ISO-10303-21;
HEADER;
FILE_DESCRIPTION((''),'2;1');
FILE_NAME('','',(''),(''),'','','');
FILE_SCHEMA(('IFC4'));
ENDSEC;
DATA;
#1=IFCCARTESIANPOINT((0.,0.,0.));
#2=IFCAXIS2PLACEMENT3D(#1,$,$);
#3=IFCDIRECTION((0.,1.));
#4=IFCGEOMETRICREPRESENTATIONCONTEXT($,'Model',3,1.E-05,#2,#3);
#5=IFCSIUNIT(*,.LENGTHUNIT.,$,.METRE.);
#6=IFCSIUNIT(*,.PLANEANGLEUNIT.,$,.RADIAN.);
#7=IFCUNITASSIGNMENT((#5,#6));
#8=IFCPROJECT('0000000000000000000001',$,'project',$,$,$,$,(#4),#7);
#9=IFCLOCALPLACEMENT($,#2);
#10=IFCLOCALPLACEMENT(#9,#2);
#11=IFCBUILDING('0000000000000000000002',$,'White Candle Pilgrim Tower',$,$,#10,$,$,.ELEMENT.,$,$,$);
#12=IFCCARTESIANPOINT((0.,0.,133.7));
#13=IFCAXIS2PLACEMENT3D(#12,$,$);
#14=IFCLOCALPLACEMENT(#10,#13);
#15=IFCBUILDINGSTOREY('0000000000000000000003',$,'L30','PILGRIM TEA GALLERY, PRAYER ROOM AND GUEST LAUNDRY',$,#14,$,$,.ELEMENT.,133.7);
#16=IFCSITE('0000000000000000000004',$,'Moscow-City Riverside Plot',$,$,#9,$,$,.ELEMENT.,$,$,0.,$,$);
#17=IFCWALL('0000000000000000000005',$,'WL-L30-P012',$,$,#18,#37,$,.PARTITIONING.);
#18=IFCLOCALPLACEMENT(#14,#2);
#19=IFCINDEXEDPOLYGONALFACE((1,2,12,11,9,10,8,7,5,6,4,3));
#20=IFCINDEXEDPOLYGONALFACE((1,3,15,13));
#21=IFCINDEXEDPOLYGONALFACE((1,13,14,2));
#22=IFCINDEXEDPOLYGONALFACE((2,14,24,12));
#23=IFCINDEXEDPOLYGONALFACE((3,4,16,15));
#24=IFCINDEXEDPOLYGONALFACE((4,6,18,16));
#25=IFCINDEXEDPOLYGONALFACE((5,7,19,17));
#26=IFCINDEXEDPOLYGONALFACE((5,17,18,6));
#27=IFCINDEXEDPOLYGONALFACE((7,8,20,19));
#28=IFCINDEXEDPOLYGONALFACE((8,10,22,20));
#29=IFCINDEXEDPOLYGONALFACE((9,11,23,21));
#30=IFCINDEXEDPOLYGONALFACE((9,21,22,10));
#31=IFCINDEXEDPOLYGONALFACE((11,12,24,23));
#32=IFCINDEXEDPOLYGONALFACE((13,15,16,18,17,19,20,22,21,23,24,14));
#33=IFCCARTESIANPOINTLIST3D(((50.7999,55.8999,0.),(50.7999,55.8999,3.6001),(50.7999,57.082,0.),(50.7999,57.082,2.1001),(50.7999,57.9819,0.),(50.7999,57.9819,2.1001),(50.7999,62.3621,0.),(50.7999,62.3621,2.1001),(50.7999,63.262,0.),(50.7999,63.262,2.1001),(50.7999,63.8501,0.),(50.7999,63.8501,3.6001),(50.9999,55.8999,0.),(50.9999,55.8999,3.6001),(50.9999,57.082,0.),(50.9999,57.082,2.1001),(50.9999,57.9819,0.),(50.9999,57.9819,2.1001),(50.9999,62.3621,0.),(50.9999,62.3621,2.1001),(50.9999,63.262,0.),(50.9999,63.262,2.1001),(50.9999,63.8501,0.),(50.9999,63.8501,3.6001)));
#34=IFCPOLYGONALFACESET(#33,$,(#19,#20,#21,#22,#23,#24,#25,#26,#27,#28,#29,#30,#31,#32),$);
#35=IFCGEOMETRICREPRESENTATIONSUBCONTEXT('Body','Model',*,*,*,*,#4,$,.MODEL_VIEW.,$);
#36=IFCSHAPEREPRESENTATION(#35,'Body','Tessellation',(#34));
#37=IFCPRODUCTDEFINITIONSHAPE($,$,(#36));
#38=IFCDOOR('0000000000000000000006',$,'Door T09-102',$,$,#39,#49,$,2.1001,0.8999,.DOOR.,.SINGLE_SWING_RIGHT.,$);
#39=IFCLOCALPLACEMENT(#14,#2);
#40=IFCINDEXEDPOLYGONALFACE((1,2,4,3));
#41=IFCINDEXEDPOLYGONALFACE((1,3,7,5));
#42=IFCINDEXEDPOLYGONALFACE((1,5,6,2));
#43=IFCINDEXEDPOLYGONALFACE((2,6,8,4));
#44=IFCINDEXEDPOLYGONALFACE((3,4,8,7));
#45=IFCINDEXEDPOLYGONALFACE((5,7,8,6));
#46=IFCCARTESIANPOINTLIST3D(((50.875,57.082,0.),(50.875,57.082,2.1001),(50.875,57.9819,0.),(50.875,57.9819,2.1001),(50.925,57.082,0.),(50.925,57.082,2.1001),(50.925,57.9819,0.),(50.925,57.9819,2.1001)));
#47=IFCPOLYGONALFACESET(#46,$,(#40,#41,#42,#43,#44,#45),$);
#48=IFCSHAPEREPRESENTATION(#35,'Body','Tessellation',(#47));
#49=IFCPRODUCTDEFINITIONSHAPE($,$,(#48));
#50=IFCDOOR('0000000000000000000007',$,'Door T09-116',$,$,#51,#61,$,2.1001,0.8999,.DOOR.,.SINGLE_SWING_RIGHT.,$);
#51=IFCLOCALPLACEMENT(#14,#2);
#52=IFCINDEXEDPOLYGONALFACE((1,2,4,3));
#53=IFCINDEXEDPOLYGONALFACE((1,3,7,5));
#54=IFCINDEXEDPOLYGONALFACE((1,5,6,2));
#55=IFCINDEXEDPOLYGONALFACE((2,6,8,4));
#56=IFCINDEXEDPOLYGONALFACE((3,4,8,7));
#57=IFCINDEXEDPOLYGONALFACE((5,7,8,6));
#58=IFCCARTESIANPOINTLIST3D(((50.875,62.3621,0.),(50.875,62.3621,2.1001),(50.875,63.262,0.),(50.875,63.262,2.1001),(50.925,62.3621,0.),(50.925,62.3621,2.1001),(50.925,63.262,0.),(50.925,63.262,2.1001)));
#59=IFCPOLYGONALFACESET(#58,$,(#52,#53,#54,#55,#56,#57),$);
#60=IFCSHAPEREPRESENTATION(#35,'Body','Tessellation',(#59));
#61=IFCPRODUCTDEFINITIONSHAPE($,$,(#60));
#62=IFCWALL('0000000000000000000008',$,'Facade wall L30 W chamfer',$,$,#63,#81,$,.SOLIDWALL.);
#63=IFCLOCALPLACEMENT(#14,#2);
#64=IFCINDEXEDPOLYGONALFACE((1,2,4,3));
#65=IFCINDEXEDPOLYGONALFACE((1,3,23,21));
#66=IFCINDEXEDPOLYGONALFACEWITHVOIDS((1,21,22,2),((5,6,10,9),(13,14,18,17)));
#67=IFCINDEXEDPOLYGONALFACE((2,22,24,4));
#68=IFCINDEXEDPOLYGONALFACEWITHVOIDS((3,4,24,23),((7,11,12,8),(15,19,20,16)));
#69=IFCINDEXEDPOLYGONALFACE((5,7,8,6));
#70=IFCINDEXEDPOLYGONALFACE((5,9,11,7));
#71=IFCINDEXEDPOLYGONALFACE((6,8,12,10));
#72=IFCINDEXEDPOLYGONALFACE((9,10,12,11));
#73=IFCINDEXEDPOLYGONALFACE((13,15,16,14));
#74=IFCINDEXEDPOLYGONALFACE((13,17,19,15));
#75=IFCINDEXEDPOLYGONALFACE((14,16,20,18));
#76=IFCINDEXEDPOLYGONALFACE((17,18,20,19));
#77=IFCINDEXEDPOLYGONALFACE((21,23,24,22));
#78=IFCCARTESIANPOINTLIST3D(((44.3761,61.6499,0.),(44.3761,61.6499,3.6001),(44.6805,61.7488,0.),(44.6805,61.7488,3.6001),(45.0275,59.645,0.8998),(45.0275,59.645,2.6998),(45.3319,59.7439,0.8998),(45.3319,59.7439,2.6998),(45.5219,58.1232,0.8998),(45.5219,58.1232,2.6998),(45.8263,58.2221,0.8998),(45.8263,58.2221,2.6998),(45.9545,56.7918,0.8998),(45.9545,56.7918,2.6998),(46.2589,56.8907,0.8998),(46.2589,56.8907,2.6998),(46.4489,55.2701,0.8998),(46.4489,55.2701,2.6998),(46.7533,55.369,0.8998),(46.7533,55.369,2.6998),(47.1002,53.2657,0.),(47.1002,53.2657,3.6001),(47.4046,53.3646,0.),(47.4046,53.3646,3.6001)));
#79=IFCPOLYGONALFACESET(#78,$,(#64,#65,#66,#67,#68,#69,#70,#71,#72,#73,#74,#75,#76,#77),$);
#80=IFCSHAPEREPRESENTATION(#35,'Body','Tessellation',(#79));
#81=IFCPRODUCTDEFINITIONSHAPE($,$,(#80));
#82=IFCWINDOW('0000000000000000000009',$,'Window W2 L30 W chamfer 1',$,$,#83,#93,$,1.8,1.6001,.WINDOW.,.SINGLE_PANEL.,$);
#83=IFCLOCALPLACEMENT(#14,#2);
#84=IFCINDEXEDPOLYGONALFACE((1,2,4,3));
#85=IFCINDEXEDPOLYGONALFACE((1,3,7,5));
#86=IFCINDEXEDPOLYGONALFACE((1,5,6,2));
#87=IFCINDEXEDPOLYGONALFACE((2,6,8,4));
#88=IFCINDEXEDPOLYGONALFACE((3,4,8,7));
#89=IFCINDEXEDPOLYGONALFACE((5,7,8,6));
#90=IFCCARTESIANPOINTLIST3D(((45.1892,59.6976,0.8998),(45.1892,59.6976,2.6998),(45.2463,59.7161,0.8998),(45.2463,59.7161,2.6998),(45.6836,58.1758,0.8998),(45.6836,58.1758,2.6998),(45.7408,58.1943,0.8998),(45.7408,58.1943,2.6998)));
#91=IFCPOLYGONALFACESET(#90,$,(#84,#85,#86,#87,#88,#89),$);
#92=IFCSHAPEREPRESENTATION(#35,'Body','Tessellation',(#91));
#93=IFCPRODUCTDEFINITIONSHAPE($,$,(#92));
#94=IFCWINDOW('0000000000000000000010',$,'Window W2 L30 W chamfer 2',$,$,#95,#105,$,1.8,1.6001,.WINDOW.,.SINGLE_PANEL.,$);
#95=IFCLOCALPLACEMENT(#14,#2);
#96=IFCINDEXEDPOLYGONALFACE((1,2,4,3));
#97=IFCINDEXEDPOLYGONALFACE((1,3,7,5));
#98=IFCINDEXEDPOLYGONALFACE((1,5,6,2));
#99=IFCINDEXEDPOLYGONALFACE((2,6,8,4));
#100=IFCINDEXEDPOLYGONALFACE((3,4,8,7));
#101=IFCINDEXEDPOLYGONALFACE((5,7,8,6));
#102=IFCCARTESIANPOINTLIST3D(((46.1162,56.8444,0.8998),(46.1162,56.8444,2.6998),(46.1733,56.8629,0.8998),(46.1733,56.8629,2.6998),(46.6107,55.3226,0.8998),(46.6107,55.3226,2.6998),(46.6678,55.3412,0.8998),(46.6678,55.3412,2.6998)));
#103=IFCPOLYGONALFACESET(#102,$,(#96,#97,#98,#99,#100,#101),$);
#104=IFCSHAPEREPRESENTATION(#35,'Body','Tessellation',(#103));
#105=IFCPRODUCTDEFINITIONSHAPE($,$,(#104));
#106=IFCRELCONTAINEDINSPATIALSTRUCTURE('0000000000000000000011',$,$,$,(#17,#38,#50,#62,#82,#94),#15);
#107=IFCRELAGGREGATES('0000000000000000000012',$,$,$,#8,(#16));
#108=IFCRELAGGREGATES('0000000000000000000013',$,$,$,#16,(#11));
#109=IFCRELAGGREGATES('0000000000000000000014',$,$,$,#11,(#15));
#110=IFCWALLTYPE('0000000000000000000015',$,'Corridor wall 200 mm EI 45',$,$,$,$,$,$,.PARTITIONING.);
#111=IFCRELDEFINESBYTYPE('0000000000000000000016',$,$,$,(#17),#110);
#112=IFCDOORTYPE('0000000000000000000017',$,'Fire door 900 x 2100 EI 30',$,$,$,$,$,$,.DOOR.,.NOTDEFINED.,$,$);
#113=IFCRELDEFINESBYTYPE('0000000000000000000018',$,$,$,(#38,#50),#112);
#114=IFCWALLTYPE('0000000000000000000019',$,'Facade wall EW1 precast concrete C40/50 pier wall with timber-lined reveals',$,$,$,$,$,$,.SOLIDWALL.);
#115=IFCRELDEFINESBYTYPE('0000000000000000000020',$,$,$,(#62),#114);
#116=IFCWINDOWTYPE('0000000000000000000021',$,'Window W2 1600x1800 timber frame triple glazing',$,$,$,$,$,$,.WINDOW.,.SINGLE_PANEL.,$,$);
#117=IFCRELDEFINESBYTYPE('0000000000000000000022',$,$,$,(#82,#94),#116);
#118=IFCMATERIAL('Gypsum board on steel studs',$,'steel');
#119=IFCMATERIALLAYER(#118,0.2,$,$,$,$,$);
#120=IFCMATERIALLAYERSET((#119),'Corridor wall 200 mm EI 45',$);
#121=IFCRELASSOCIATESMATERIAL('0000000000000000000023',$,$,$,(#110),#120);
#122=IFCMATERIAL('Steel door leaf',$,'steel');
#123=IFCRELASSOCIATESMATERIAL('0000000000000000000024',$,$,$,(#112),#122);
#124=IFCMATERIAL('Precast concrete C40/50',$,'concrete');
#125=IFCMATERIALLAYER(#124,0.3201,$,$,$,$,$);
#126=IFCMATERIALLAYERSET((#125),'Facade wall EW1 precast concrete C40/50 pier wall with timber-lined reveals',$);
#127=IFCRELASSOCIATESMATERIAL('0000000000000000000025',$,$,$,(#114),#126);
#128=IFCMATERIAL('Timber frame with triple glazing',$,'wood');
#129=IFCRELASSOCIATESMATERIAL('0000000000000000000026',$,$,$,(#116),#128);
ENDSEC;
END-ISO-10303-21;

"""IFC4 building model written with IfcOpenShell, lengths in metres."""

from ifc_helpers import new_model, si_unit, direction, frame, frame_2d, origin, place, context, subcontext, project, spatial, rectangle, extrude, material, layer, layer_set, type_object, element, fill, save


model = new_model("IFC4")

# Units and contexts
model_context = context("Model", 3, precision=1e-05, world=origin(), true_north=direction((0.0, 1.0)))
body_context = subcontext(model_context, "Body", "Model", "MODEL_VIEW")
ifc_project = project(units=[si_unit("LENGTHUNIT", "METRE"), si_unit("PLANEANGLEUNIT", "RADIAN")], contexts=[model_context])

# Site, building, storey
site_placement = place(None, origin())
site = spatial("IfcSite", under=ifc_project, at=site_placement, Name="Moscow-City Riverside Plot", CompositionType="ELEMENT", RefElevation=0.0)
building_placement = place(site_placement, origin())
building = spatial("IfcBuilding", under=site, at=building_placement, Name="White Candle Pilgrim Tower", CompositionType="ELEMENT")
storey_placement = place(building_placement, frame((0.0, 0.0, 133.7)))
storey = spatial("IfcBuildingStorey", under=building, at=storey_placement, Name="L30", Description="PILGRIM TEA GALLERY, PRAYER ROOM AND GUEST LAUNDRY", CompositionType="ELEMENT", Elevation=133.7)

# Wall, openings, doors
ifc_material_1 = material(Name="Gypsum board on steel studs", Category="steel")
ifc_layer_1 = layer(ifc_material_1, 0.2)
ifc_layer_set_1 = layer_set([ifc_layer_1], Name="Corridor wall 200 mm EI 45")
wall_type_1 = type_object("IfcWallType", Name="Corridor wall 200 mm EI 45", PredefinedType="PARTITIONING", material=ifc_layer_set_1)
wall_1_placement = place(storey_placement, frame((50.8999, 55.8999, 0.0), z_axis=(0.0, 0.0, 1.0), x_axis=(0.0, 1.0, 0.0)))
wall_1 = element("IfcWall", 1, at=wall_1_placement, inside=storey, type_object=wall_type_1, Name="WL-L30-P012", PredefinedType="PARTITIONING", context=body_context, shape_type="SweptSolid", body=[
    extrude(rectangle(XDim=7.9502, YDim=0.2, at=frame_2d((3.9751, 0.0))), origin(), (0.0, 0.0, 1.0), 3.6001),
])
opening_1_placement = place(wall_1_placement, frame((1.1821, 0.0, 0.0)))
opening_1 = element("IfcOpeningElement", 2, at=opening_1_placement, cuts=wall_1, PredefinedType="OPENING", context=body_context, shape_type="SweptSolid", body=[
    extrude(rectangle(XDim=0.8999, YDim=2.1001, at=frame_2d((0.45, 1.05))), frame((0.0, 0.1099, 0.0), z_axis=(0.0, -1.0, 0.0), x_axis=(1.0, 0.0, 0.0)), (0.0, 0.0, 1.0), 0.22),
])
opening_2_placement = place(wall_1_placement, frame((6.4622, 0.0, 0.0)))
opening_2 = element("IfcOpeningElement", 3, at=opening_2_placement, cuts=wall_1, PredefinedType="OPENING", context=body_context, shape_type="SweptSolid", body=[
    extrude(rectangle(XDim=0.8999, YDim=2.1001, at=frame_2d((0.45, 1.05))), frame((0.0, 0.1099, 0.0), z_axis=(0.0, -1.0, 0.0), x_axis=(1.0, 0.0, 0.0)), (0.0, 0.0, 1.0), 0.22),
])
ifc_material_2 = material(Name="Steel door leaf", Category="steel")
door_type_1 = type_object("IfcDoorType", Name="Fire door 900 x 2100 EI 30", OperationType="NOTDEFINED", PredefinedType="DOOR", material=ifc_material_2)
door_1_placement = place(opening_1_placement, origin())
door_1 = element("IfcDoor", 4, at=door_1_placement, inside=storey, type_object=door_type_1, Name="Door T09-102", OperationType="SINGLE_SWING_RIGHT", OverallHeight=2.1001, OverallWidth=0.8999, PredefinedType="DOOR", context=body_context, shape_type="SweptSolid", body=[
    extrude(rectangle(XDim=0.8999, YDim=2.1001, at=frame_2d((0.45, 1.05))), frame((0.0, 0.0249, 0.0), z_axis=(0.0, -1.0, 0.0), x_axis=(1.0, 0.0, 0.0)), (0.0, 0.0, 1.0), 0.05),
])
fill(opening_1, door_1)
door_2_placement = place(opening_2_placement, origin())
door_2 = element("IfcDoor", 5, at=door_2_placement, inside=storey, type_object=door_type_1, Name="Door T09-116", OperationType="SINGLE_SWING_RIGHT", OverallHeight=2.1001, OverallWidth=0.8999, PredefinedType="DOOR", context=body_context, shape_type="SweptSolid", body=[
    extrude(rectangle(XDim=0.8999, YDim=2.1001, at=frame_2d((0.45, 1.05))), frame((0.0, 0.0249, 0.0), z_axis=(0.0, -1.0, 0.0), x_axis=(1.0, 0.0, 0.0)), (0.0, 0.0, 1.0), 0.05),
])
fill(opening_2, door_2)

# Wall, openings, windows
ifc_material_3 = material(Name="Precast concrete C40/50", Category="concrete")
ifc_layer_2 = layer(ifc_material_3, 0.3201)
ifc_layer_set_2 = layer_set([ifc_layer_2], Name="Facade wall EW1 precast concrete C40/50 pier wall with timber-lined reveals")
wall_type_2 = type_object("IfcWallType", Name="Facade wall EW1 precast concrete C40/50 pier wall with timber-lined reveals", PredefinedType="SOLIDWALL", material=ifc_layer_set_2)
wall_2_placement = place(storey_placement, frame((44.5283, 61.6992, 0.0), z_axis=(0.0, 0.0, 1.0), x_axis=(0.309007, -0.95106, 0.0)))
wall_2 = element("IfcWall", 6, at=wall_2_placement, inside=storey, type_object=wall_type_2, Name="Facade wall L30 W chamfer", PredefinedType="SOLIDWALL", context=body_context, shape_type="SweptSolid", body=[
    extrude(rectangle(XDim=8.8157, YDim=0.3201, at=frame_2d((4.4077, 0.0))), origin(), (0.0, 0.0, 1.0), 3.6001),
])
opening_3_placement = place(wall_2_placement, frame((2.1079, 0.0, 0.8999)))
opening_3 = element("IfcOpeningElement", 7, at=opening_3_placement, cuts=wall_2, PredefinedType="OPENING", context=body_context, shape_type="SweptSolid", body=[
    extrude(rectangle(XDim=1.6001, YDim=1.8, at=frame_2d((0.8, 0.8999))), frame((0.0, 0.1699, 0.0), z_axis=(0.0, -1.0, 0.0), x_axis=(1.0, 0.0, 0.0)), (0.0, 0.0, 1.0), 0.3401),
])
opening_4_placement = place(wall_2_placement, frame((5.1079, 0.0, 0.8999)))
opening_4 = element("IfcOpeningElement", 8, at=opening_4_placement, cuts=wall_2, PredefinedType="OPENING", context=body_context, shape_type="SweptSolid", body=[
    extrude(rectangle(XDim=1.6001, YDim=1.8, at=frame_2d((0.8, 0.8999))), frame((0.0, 0.1699, 0.0), z_axis=(0.0, -1.0, 0.0), x_axis=(1.0, 0.0, 0.0)), (0.0, 0.0, 1.0), 0.3401),
])
ifc_material_4 = material(Name="Timber frame with triple glazing", Category="wood")
window_type_1 = type_object("IfcWindowType", Name="Window W2 1600x1800 timber frame triple glazing", PartitioningType="SINGLE_PANEL", PredefinedType="WINDOW", material=ifc_material_4)
window_1_placement = place(opening_3_placement, origin())
window_1 = element("IfcWindow", 9, at=window_1_placement, inside=storey, type_object=window_type_1, Name="Window W2 L30 W chamfer 1", OverallHeight=1.8, OverallWidth=1.6001, PartitioningType="SINGLE_PANEL", PredefinedType="WINDOW", context=body_context, shape_type="SweptSolid", body=[
    extrude(rectangle(XDim=1.6001, YDim=1.8, at=frame_2d((0.8, 0.8999))), frame((0.0, 0.0701, 0.0), z_axis=(0.0, -1.0, 0.0), x_axis=(1.0, 0.0, 0.0)), (0.0, 0.0, 1.0), 0.0601),
])
fill(opening_3, window_1)
window_2_placement = place(opening_4_placement, origin())
window_2 = element("IfcWindow", 10, at=window_2_placement, inside=storey, type_object=window_type_1, Name="Window W2 L30 W chamfer 2", OverallHeight=1.8, OverallWidth=1.6001, PartitioningType="SINGLE_PANEL", PredefinedType="WINDOW", context=body_context, shape_type="SweptSolid", body=[
    extrude(rectangle(XDim=1.6001, YDim=1.8, at=frame_2d((0.8, 0.8999))), frame((0.0, 0.0701, 0.0), z_axis=(0.0, -1.0, 0.0), x_axis=(1.0, 0.0, 0.0)), (0.0, 0.0, 1.0), 0.0601),
])
fill(opening_4, window_2)

save(model, "model.ifc")
